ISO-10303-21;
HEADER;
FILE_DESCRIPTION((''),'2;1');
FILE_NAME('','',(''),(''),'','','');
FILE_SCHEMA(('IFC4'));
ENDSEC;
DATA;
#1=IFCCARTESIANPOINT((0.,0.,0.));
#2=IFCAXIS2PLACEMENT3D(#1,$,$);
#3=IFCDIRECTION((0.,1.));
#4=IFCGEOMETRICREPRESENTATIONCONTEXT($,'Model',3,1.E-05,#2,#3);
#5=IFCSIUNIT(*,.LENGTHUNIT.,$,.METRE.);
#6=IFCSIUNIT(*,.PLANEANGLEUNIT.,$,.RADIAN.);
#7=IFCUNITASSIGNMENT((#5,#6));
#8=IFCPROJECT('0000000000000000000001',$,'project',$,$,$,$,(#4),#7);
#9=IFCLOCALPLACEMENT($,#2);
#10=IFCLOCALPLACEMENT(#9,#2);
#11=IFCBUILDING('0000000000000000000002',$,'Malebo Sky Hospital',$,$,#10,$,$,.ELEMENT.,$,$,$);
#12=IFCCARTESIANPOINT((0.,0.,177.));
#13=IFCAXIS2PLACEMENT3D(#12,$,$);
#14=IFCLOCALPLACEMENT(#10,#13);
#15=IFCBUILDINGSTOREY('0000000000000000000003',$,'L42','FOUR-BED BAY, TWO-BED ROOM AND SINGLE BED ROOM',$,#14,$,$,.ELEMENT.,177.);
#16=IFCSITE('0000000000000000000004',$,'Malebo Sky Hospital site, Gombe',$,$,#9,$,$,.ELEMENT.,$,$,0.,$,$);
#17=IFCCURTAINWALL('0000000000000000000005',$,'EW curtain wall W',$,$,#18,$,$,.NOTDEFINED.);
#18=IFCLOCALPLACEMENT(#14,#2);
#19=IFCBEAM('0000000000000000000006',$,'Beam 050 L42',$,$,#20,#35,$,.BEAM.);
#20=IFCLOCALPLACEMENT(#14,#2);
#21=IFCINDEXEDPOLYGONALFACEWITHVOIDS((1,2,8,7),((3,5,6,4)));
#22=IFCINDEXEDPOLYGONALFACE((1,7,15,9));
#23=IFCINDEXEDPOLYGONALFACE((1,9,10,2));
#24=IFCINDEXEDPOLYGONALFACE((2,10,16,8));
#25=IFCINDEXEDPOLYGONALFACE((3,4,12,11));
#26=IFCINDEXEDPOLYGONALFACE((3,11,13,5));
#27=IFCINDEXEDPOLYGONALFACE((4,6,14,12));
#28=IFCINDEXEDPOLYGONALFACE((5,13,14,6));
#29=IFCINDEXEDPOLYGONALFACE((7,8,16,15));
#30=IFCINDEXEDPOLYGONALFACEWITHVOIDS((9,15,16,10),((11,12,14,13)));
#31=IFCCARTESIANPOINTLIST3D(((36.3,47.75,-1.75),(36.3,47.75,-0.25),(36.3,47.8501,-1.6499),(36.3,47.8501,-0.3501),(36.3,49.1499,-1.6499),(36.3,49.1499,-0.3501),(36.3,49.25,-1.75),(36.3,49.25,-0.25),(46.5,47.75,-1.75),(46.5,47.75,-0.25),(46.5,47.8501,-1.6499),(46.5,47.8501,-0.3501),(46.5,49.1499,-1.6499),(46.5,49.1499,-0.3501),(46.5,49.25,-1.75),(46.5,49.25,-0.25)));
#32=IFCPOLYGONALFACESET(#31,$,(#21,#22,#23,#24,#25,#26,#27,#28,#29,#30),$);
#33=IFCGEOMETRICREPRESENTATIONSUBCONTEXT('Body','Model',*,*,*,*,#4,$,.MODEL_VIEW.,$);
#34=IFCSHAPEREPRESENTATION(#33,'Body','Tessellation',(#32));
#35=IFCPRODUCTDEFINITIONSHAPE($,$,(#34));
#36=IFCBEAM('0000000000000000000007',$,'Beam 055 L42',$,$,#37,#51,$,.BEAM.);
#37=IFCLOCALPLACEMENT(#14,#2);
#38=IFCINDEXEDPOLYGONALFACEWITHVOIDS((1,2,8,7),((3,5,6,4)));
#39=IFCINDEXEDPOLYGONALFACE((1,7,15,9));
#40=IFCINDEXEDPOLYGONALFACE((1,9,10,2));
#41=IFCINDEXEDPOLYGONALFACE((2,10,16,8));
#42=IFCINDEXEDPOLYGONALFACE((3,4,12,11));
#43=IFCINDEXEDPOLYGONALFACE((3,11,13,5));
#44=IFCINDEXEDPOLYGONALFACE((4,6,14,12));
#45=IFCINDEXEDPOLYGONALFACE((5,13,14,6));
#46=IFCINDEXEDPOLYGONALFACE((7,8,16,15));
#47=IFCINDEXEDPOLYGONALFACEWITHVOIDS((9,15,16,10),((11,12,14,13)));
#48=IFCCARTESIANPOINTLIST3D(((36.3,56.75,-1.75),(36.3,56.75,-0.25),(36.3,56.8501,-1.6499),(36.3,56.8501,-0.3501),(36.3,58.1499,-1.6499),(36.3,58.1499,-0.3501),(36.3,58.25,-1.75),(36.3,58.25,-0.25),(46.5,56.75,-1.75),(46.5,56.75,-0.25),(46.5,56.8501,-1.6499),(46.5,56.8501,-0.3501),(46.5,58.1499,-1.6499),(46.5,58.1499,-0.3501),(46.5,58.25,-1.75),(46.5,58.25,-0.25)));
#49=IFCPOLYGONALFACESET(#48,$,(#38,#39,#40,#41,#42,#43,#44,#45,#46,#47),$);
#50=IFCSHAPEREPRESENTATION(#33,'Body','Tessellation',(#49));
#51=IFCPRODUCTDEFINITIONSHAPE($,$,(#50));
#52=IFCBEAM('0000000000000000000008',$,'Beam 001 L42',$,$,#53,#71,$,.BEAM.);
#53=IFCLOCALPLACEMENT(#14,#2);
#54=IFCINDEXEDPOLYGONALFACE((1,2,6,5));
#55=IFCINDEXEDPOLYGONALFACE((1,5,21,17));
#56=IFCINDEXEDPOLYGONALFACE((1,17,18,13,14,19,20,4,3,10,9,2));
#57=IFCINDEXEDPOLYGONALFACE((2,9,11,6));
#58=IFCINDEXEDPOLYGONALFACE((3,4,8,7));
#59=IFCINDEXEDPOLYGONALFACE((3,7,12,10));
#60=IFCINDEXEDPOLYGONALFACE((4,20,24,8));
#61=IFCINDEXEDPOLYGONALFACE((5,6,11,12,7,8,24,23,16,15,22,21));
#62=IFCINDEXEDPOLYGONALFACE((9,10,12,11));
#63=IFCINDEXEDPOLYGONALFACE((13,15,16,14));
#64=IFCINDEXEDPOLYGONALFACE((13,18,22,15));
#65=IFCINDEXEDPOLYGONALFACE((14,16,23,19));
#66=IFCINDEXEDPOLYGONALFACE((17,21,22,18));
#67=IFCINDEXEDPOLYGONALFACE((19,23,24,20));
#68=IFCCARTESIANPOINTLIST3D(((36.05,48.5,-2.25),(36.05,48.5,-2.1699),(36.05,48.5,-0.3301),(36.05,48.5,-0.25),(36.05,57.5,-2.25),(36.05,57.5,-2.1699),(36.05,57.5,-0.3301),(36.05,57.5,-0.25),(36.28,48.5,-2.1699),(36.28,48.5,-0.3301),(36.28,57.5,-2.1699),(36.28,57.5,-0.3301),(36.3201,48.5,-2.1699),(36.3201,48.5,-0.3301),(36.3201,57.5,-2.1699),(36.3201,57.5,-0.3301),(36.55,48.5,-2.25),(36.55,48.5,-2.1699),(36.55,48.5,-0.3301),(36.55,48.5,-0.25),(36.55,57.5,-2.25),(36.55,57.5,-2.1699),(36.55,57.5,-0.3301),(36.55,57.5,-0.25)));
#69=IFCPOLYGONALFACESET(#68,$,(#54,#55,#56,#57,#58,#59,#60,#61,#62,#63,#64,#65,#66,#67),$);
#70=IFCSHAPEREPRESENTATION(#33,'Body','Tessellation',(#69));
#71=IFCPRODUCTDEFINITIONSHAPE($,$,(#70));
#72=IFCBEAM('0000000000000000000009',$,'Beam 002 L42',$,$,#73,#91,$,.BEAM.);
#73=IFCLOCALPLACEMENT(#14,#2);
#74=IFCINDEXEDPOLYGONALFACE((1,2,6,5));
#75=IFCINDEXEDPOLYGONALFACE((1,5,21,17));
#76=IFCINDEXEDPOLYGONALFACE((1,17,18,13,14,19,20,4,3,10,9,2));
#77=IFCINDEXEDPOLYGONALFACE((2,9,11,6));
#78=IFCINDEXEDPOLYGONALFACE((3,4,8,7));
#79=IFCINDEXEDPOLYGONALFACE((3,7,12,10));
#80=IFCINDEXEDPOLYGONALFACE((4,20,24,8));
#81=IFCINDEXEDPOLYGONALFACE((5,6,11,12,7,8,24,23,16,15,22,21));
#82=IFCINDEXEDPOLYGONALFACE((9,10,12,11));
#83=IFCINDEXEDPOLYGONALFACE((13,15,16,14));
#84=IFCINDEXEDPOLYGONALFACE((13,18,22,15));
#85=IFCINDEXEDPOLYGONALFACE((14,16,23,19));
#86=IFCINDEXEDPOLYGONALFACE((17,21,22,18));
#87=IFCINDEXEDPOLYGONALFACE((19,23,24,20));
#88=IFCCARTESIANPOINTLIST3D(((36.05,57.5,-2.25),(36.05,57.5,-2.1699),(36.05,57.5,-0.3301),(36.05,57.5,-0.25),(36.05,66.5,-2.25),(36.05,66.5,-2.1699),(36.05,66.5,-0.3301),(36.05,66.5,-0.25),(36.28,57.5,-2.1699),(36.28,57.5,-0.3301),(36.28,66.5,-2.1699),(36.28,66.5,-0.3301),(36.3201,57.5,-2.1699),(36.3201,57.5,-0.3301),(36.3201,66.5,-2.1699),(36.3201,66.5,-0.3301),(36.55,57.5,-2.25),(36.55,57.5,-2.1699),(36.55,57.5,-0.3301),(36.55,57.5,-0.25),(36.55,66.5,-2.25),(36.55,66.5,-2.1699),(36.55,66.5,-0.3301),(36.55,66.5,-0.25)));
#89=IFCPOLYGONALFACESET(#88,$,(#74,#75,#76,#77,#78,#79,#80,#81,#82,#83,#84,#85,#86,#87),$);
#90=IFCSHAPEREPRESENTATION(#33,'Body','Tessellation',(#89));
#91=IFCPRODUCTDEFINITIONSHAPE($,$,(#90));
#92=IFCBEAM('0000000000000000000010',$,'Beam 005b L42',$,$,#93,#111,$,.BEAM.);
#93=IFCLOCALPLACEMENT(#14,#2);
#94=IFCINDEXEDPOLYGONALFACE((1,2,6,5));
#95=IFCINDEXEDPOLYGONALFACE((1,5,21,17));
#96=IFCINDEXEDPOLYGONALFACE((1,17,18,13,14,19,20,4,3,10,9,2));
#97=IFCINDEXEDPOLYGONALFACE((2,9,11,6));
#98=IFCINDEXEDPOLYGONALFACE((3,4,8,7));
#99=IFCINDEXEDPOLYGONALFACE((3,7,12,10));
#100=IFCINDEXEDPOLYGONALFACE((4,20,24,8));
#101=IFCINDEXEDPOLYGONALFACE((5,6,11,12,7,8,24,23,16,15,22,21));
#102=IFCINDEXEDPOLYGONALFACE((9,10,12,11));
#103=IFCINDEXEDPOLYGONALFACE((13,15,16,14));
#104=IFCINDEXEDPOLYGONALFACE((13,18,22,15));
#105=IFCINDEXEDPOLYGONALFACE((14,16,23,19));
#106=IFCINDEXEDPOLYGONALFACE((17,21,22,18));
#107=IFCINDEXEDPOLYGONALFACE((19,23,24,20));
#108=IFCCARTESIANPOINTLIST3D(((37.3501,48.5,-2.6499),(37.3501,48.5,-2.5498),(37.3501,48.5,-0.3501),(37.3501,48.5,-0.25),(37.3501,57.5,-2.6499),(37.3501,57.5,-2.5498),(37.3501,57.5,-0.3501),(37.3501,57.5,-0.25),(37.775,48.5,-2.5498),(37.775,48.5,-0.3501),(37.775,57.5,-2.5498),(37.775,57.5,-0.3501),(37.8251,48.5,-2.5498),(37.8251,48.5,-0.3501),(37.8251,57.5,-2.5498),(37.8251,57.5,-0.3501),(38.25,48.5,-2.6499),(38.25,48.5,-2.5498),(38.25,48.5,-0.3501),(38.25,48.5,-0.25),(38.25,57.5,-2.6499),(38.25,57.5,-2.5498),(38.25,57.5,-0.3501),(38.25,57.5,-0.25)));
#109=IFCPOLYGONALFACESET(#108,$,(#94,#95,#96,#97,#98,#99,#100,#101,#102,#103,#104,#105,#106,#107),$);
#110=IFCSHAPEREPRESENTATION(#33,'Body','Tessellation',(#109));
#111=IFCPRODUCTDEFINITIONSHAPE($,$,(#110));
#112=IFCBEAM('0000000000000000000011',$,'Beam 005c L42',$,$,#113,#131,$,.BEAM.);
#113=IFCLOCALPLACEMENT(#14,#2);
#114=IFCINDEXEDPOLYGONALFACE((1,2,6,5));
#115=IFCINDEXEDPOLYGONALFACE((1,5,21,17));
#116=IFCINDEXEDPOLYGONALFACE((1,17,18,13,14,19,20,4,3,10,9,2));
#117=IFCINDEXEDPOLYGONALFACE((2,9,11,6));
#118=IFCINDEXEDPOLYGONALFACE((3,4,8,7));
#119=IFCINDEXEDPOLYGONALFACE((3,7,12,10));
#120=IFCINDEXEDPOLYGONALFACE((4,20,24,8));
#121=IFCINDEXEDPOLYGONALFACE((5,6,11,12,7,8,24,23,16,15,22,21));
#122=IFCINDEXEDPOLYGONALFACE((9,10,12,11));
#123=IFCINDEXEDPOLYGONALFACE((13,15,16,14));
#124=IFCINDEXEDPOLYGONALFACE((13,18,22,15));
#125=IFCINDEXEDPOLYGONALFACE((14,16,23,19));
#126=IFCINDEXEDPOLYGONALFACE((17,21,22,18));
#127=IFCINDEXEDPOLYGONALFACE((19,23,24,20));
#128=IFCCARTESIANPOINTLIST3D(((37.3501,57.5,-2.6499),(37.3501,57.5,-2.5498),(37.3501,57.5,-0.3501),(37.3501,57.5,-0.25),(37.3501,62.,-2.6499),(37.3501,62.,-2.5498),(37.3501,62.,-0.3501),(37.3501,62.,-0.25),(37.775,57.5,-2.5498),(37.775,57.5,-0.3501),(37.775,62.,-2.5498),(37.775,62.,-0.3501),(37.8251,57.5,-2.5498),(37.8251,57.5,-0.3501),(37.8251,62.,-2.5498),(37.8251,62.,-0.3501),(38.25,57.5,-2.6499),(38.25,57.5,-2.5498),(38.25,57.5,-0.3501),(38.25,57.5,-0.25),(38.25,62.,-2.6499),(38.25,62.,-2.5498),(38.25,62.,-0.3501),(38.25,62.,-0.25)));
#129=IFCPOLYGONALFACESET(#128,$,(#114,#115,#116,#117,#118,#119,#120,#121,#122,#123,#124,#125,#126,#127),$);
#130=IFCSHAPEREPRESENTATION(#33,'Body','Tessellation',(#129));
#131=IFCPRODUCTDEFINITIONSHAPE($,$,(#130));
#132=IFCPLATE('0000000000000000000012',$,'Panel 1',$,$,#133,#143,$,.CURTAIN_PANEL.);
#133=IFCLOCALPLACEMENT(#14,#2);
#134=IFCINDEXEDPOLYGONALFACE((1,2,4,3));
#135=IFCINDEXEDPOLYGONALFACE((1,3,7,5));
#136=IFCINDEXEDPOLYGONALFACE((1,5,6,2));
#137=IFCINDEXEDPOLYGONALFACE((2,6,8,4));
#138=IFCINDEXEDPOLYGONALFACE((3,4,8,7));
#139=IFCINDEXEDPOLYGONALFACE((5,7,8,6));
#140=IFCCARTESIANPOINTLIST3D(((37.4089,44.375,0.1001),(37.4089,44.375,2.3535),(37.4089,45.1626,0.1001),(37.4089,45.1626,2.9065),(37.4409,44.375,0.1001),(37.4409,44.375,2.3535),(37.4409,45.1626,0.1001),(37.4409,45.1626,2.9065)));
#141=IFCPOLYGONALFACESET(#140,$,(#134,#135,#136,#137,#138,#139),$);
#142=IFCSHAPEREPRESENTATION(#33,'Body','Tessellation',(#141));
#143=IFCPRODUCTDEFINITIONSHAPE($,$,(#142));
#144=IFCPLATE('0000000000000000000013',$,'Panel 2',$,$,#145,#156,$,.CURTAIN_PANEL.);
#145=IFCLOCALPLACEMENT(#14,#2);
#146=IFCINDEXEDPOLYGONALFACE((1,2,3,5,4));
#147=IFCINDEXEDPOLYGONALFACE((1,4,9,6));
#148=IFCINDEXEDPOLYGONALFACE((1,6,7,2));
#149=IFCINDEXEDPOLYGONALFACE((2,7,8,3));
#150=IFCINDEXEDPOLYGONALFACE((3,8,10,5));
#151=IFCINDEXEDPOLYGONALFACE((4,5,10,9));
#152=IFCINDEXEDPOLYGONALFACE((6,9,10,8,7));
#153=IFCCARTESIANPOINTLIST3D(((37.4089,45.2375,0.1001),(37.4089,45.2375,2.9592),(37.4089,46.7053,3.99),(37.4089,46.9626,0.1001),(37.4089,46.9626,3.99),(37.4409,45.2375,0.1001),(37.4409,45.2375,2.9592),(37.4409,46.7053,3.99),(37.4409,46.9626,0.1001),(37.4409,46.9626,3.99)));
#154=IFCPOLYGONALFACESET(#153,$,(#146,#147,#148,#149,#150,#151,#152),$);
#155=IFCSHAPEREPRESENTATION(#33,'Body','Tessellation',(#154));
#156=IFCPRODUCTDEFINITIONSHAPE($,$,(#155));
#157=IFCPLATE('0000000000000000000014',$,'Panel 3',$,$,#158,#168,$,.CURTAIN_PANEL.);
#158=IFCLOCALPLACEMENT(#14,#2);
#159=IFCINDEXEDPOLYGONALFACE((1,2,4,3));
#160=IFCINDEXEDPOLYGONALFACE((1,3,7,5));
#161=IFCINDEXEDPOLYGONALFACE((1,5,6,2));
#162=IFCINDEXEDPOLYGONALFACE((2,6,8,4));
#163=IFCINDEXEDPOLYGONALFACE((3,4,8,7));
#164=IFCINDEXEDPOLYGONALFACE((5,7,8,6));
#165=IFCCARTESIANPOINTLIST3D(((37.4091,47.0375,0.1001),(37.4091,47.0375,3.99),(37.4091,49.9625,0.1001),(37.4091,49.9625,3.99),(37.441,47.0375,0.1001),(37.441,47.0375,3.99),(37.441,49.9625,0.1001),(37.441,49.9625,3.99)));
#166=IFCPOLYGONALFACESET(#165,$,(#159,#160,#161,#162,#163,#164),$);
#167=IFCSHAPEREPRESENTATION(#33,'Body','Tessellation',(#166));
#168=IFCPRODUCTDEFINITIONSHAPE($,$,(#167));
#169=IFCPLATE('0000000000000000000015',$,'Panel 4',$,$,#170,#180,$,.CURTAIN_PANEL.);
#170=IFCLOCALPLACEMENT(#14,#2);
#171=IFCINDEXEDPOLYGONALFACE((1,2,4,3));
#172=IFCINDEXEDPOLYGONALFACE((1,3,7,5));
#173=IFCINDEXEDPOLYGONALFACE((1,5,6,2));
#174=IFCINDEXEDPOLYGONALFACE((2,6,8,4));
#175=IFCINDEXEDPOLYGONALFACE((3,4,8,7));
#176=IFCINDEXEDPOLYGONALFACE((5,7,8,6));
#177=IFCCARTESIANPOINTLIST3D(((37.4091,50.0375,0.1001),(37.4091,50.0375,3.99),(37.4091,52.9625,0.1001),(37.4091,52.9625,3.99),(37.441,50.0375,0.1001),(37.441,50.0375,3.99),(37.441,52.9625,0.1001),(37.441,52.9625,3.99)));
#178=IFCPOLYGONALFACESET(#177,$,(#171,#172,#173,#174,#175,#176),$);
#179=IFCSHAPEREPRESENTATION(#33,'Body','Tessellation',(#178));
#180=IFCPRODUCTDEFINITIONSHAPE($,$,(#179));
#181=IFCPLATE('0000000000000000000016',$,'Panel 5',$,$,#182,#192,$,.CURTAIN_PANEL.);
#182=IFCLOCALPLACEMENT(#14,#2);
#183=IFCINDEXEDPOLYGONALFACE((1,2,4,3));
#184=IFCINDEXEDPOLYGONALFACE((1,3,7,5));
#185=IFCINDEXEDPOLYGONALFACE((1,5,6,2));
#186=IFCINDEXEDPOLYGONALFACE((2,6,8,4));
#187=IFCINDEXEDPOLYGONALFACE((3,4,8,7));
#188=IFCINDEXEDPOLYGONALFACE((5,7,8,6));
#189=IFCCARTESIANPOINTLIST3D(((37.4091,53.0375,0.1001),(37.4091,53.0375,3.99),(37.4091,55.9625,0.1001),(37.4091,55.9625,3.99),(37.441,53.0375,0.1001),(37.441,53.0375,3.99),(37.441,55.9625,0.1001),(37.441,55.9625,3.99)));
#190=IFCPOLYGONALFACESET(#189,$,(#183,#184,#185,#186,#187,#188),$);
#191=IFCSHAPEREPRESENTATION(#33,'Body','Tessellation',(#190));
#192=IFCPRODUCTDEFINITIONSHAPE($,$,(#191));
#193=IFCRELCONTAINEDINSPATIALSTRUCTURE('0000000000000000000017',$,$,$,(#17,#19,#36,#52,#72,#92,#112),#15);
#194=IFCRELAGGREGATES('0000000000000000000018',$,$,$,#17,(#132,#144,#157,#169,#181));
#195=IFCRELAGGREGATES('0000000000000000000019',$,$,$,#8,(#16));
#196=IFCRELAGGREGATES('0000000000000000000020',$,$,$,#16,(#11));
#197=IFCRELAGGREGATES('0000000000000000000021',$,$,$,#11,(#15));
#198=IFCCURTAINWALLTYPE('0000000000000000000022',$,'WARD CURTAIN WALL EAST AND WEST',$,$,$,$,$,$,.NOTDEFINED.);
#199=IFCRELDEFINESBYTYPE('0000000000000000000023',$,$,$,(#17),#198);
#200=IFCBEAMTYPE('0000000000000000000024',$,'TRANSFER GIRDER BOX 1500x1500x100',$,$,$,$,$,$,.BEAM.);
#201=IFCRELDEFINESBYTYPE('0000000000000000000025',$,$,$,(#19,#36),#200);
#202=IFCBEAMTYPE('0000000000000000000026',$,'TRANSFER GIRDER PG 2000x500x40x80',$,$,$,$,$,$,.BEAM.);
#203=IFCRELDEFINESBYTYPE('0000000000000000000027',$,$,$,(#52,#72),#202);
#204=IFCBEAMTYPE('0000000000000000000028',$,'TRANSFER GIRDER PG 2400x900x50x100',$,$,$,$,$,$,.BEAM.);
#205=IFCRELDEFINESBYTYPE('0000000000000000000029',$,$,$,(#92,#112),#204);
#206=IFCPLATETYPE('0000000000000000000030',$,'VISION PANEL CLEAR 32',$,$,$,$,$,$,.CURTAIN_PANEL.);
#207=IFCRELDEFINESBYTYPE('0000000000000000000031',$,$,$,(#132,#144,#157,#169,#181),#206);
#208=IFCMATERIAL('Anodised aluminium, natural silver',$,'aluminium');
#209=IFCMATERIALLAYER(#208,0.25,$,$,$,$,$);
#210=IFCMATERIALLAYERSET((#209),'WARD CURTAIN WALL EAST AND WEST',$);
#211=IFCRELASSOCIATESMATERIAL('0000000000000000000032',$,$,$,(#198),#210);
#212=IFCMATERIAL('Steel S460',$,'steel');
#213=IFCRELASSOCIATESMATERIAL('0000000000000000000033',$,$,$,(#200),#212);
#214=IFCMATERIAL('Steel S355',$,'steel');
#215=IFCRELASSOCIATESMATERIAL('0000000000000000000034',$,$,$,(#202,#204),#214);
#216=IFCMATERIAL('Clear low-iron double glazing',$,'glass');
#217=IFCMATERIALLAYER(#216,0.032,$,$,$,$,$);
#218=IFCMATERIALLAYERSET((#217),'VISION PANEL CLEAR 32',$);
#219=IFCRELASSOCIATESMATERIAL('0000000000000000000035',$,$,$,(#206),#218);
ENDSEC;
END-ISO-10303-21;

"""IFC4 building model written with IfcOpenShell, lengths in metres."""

from ifc_helpers import new_model, si_unit, direction, frame, origin, origin_2d, place, context, subcontext, project, spatial, polyline, rectangle, hollow_rectangle, i_section, outline, extrude, material, layer, layer_set, material_profile, profile_set, type_object, element, aggregate, save


model = new_model("IFC4")

# Units and contexts
model_context = context("Model", 3, precision=1e-05, world=origin(), true_north=direction((0.0, 1.0)))
body_context = subcontext(model_context, "Body", "Model", "MODEL_VIEW")
ifc_project = project(units=[si_unit("LENGTHUNIT", "METRE"), si_unit("PLANEANGLEUNIT", "RADIAN")], contexts=[model_context])

# Site, building, storey
site_placement = place(None, origin())
site = spatial("IfcSite", under=ifc_project, at=site_placement, Name="Malebo Sky Hospital site, Gombe", CompositionType="ELEMENT", RefElevation=0.0)
building_placement = place(site_placement, origin())
building = spatial("IfcBuilding", under=site, at=building_placement, Name="Malebo Sky Hospital", CompositionType="ELEMENT")
storey_placement = place(building_placement, frame((0.0, 0.0, 177.0)))
storey = spatial("IfcBuildingStorey", under=building, at=storey_placement, Name="L42", Description="FOUR-BED BAY, TWO-BED ROOM AND SINGLE BED ROOM", CompositionType="ELEMENT", Elevation=177.0)

# Shared definitions
ifc_material_1 = material(Name="Steel S460", Category="steel")

# Curtain wall
ifc_material_2 = material(Name="Anodised aluminium, natural silver", Category="aluminium")
ifc_layer_1 = layer(ifc_material_2, 0.25)
ifc_layer_set_1 = layer_set([ifc_layer_1], Name="WARD CURTAIN WALL EAST AND WEST")
curtain_wall_type = type_object("IfcCurtainWallType", Name="WARD CURTAIN WALL EAST AND WEST", PredefinedType="NOTDEFINED", material=ifc_layer_set_1)
curtain_wall_placement = place(storey_placement, origin())
curtain_wall = element("IfcCurtainWall", 1, at=curtain_wall_placement, inside=storey, type_object=curtain_wall_type, Name="EW curtain wall W", PredefinedType="NOTDEFINED")

# Beams
ifc_material_profile_1 = material_profile(ifc_material_1, hollow_rectangle(XDim=1.5, YDim=1.5, WallThickness=0.1001, at=origin_2d()), Name="BOX 1500x1500x100")
ifc_profile_set_1 = profile_set([ifc_material_profile_1], Name="Steel S460")
beam_type_1 = type_object("IfcBeamType", Name="TRANSFER GIRDER BOX 1500x1500x100", PredefinedType="BEAM", material=ifc_profile_set_1)
for number, where, z_axis, x_axis, name in (
    (2, (36.3, 48.5, -1.0), (1.0, 0.0, 0.0), (0.0, 1.0, 0.0), "Beam 050 L42"),
    (3, (36.3, 57.5, -1.0), (1.0, 0.0, 0.0), (0.0, 1.0, 0.0), "Beam 055 L42"),
):
    element("IfcBeam", number, at=place(storey_placement, frame(where, z_axis=z_axis, x_axis=x_axis)), inside=storey, type_object=beam_type_1, Name=name, PredefinedType="BEAM", context=body_context, shape_type="SweptSolid", body=[
        extrude(hollow_rectangle(XDim=1.5, YDim=1.5, WallThickness=0.1001, at=origin_2d()), origin(), (0.0, 0.0, 1.0), 10.2),
    ])
ifc_material_3 = material(Name="Steel S355", Category="steel")
ifc_material_profile_2 = material_profile(ifc_material_3, i_section(OverallWidth=0.5, OverallDepth=2.0, WebThickness=0.04, FlangeThickness=0.0801, at=origin_2d()), Name="PG 2000x500x40x80")
ifc_profile_set_2 = profile_set([ifc_material_profile_2], Name="Steel S355")
beam_type_2 = type_object("IfcBeamType", Name="TRANSFER GIRDER PG 2000x500x40x80", PredefinedType="BEAM", material=ifc_profile_set_2)
for number, where, z_axis, x_axis, name in (
    (4, (36.3, 48.5, -1.25), (0.0, 1.0, 0.0), (-1.0, 0.0, 0.0), "Beam 001 L42"),
    (5, (36.3, 57.5, -1.25), (0.0, 1.0, 0.0), (-1.0, 0.0, 0.0), "Beam 002 L42"),
):
    element("IfcBeam", number, at=place(storey_placement, frame(where, z_axis=z_axis, x_axis=x_axis)), inside=storey, type_object=beam_type_2, Name=name, PredefinedType="BEAM", context=body_context, shape_type="SweptSolid", body=[
        extrude(i_section(OverallWidth=0.5, OverallDepth=2.0, WebThickness=0.04, FlangeThickness=0.0801, at=origin_2d()), origin(), (0.0, 0.0, 1.0), 9.0),
    ])
ifc_material_profile_3 = material_profile(ifc_material_3, i_section(OverallWidth=0.8999, OverallDepth=2.3999, WebThickness=0.05, FlangeThickness=0.1001, at=origin_2d()), Name="PG 2400x900x50x100")
ifc_profile_set_3 = profile_set([ifc_material_profile_3], Name="Steel S355")
beam_type_3 = type_object("IfcBeamType", Name="TRANSFER GIRDER PG 2400x900x50x100", PredefinedType="BEAM", material=ifc_profile_set_3)
beam_1_placement = place(storey_placement, frame((37.8, 48.5, -1.45), z_axis=(0.0, 1.0, 0.0), x_axis=(-1.0, 0.0, 0.0)))
element("IfcBeam", 6, at=beam_1_placement, inside=storey, type_object=beam_type_3, Name="Beam 005b L42", PredefinedType="BEAM", context=body_context, shape_type="SweptSolid", body=[
    extrude(i_section(OverallWidth=0.8999, OverallDepth=2.3999, WebThickness=0.05, FlangeThickness=0.1001, at=origin_2d()), origin(), (0.0, 0.0, 1.0), 9.0),
])
beam_2_placement = place(storey_placement, frame((37.8, 57.5, -1.45), z_axis=(0.0, 1.0, 0.0), x_axis=(-1.0, 0.0, 0.0)))
element("IfcBeam", 7, at=beam_2_placement, inside=storey, type_object=beam_type_3, Name="Beam 005c L42", PredefinedType="BEAM", context=body_context, shape_type="SweptSolid", body=[
    extrude(i_section(OverallWidth=0.8999, OverallDepth=2.3999, WebThickness=0.05, FlangeThickness=0.1001, at=origin_2d()), origin(), (0.0, 0.0, 1.0), 4.5),
])

# Plates
ifc_material_4 = material(Name="Clear low-iron double glazing", Category="glass")
ifc_layer_2 = layer(ifc_material_4, 0.032)
ifc_layer_set_2 = layer_set([ifc_layer_2], Name="VISION PANEL CLEAR 32")
plate_type = type_object("IfcPlateType", Name="VISION PANEL CLEAR 32", PredefinedType="CURTAIN_PANEL", material=ifc_layer_set_2)
plate_1_placement = place(storey_placement, frame((37.425, 44.7688, 0.1001), z_axis=(0.0, 0.0, 1.0), x_axis=(0.0, 1.0, 0.0)))
plate_1 = element("IfcPlate", 8, at=plate_1_placement, type_object=plate_type, Name="Panel 1", PredefinedType="CURTAIN_PANEL", context=body_context, shape_type="SweptSolid", body=[
    extrude(outline(polyline([(-0.3938, 0.0), (0.3938, 0.0), (0.3938, 2.8064), (-0.3938, 2.2534), (-0.3938, 0.0)])), frame((0.0, 0.0161, 0.0), z_axis=(0.0, -1.0, 0.0), x_axis=(1.0, 0.0, 0.0)), (0.0, 0.0, 1.0), 0.032),
])
plate_2_placement = place(storey_placement, frame((37.425, 46.1001, 0.1001), z_axis=(0.0, 0.0, 1.0), x_axis=(0.0, 1.0, 0.0)))
plate_2 = element("IfcPlate", 9, at=plate_2_placement, type_object=plate_type, Name="Panel 2", PredefinedType="CURTAIN_PANEL", context=body_context, shape_type="SweptSolid", body=[
    extrude(outline(polyline([(-0.8625, 0.0), (0.8625, 0.0), (0.8625, 3.8899), (0.6052, 3.8899), (-0.8625, 2.8591), (-0.8625, 0.0)])), frame((0.0, 0.0161, 0.0), z_axis=(0.0, -1.0, 0.0), x_axis=(1.0, 0.0, 0.0)), (0.0, 0.0, 1.0), 0.032),
])
plate_3_placement = place(storey_placement, frame((37.425, 48.5, 0.1001), z_axis=(0.0, 0.0, 1.0), x_axis=(0.0, 1.0, 0.0)))
plate_3 = element("IfcPlate", 10, at=plate_3_placement, type_object=plate_type, Name="Panel 3", PredefinedType="CURTAIN_PANEL", context=body_context, shape_type="SweptSolid", body=[
    extrude(rectangle(XDim=2.925, YDim=0.032, at=origin_2d()), origin(), (0.0, 0.0, 1.0), 3.8899),
])
plate_4_placement = place(storey_placement, frame((37.425, 51.5, 0.1001), z_axis=(0.0, 0.0, 1.0), x_axis=(0.0, 1.0, 0.0)))
plate_4 = element("IfcPlate", 11, at=plate_4_placement, type_object=plate_type, Name="Panel 4", PredefinedType="CURTAIN_PANEL", context=body_context, shape_type="SweptSolid", body=[
    extrude(rectangle(XDim=2.925, YDim=0.032, at=origin_2d()), origin(), (0.0, 0.0, 1.0), 3.8899),
])
plate_5_placement = place(storey_placement, frame((37.425, 54.5, 0.1001), z_axis=(0.0, 0.0, 1.0), x_axis=(0.0, 1.0, 0.0)))
plate_5 = element("IfcPlate", 12, at=plate_5_placement, type_object=plate_type, Name="Panel 5", PredefinedType="CURTAIN_PANEL", context=body_context, shape_type="SweptSolid", body=[
    extrude(rectangle(XDim=2.925, YDim=0.032, at=origin_2d()), origin(), (0.0, 0.0, 1.0), 3.8899),
])
aggregate(curtain_wall, [plate_1, plate_2, plate_3, plate_4, plate_5])

save(model, "model.ifc")
